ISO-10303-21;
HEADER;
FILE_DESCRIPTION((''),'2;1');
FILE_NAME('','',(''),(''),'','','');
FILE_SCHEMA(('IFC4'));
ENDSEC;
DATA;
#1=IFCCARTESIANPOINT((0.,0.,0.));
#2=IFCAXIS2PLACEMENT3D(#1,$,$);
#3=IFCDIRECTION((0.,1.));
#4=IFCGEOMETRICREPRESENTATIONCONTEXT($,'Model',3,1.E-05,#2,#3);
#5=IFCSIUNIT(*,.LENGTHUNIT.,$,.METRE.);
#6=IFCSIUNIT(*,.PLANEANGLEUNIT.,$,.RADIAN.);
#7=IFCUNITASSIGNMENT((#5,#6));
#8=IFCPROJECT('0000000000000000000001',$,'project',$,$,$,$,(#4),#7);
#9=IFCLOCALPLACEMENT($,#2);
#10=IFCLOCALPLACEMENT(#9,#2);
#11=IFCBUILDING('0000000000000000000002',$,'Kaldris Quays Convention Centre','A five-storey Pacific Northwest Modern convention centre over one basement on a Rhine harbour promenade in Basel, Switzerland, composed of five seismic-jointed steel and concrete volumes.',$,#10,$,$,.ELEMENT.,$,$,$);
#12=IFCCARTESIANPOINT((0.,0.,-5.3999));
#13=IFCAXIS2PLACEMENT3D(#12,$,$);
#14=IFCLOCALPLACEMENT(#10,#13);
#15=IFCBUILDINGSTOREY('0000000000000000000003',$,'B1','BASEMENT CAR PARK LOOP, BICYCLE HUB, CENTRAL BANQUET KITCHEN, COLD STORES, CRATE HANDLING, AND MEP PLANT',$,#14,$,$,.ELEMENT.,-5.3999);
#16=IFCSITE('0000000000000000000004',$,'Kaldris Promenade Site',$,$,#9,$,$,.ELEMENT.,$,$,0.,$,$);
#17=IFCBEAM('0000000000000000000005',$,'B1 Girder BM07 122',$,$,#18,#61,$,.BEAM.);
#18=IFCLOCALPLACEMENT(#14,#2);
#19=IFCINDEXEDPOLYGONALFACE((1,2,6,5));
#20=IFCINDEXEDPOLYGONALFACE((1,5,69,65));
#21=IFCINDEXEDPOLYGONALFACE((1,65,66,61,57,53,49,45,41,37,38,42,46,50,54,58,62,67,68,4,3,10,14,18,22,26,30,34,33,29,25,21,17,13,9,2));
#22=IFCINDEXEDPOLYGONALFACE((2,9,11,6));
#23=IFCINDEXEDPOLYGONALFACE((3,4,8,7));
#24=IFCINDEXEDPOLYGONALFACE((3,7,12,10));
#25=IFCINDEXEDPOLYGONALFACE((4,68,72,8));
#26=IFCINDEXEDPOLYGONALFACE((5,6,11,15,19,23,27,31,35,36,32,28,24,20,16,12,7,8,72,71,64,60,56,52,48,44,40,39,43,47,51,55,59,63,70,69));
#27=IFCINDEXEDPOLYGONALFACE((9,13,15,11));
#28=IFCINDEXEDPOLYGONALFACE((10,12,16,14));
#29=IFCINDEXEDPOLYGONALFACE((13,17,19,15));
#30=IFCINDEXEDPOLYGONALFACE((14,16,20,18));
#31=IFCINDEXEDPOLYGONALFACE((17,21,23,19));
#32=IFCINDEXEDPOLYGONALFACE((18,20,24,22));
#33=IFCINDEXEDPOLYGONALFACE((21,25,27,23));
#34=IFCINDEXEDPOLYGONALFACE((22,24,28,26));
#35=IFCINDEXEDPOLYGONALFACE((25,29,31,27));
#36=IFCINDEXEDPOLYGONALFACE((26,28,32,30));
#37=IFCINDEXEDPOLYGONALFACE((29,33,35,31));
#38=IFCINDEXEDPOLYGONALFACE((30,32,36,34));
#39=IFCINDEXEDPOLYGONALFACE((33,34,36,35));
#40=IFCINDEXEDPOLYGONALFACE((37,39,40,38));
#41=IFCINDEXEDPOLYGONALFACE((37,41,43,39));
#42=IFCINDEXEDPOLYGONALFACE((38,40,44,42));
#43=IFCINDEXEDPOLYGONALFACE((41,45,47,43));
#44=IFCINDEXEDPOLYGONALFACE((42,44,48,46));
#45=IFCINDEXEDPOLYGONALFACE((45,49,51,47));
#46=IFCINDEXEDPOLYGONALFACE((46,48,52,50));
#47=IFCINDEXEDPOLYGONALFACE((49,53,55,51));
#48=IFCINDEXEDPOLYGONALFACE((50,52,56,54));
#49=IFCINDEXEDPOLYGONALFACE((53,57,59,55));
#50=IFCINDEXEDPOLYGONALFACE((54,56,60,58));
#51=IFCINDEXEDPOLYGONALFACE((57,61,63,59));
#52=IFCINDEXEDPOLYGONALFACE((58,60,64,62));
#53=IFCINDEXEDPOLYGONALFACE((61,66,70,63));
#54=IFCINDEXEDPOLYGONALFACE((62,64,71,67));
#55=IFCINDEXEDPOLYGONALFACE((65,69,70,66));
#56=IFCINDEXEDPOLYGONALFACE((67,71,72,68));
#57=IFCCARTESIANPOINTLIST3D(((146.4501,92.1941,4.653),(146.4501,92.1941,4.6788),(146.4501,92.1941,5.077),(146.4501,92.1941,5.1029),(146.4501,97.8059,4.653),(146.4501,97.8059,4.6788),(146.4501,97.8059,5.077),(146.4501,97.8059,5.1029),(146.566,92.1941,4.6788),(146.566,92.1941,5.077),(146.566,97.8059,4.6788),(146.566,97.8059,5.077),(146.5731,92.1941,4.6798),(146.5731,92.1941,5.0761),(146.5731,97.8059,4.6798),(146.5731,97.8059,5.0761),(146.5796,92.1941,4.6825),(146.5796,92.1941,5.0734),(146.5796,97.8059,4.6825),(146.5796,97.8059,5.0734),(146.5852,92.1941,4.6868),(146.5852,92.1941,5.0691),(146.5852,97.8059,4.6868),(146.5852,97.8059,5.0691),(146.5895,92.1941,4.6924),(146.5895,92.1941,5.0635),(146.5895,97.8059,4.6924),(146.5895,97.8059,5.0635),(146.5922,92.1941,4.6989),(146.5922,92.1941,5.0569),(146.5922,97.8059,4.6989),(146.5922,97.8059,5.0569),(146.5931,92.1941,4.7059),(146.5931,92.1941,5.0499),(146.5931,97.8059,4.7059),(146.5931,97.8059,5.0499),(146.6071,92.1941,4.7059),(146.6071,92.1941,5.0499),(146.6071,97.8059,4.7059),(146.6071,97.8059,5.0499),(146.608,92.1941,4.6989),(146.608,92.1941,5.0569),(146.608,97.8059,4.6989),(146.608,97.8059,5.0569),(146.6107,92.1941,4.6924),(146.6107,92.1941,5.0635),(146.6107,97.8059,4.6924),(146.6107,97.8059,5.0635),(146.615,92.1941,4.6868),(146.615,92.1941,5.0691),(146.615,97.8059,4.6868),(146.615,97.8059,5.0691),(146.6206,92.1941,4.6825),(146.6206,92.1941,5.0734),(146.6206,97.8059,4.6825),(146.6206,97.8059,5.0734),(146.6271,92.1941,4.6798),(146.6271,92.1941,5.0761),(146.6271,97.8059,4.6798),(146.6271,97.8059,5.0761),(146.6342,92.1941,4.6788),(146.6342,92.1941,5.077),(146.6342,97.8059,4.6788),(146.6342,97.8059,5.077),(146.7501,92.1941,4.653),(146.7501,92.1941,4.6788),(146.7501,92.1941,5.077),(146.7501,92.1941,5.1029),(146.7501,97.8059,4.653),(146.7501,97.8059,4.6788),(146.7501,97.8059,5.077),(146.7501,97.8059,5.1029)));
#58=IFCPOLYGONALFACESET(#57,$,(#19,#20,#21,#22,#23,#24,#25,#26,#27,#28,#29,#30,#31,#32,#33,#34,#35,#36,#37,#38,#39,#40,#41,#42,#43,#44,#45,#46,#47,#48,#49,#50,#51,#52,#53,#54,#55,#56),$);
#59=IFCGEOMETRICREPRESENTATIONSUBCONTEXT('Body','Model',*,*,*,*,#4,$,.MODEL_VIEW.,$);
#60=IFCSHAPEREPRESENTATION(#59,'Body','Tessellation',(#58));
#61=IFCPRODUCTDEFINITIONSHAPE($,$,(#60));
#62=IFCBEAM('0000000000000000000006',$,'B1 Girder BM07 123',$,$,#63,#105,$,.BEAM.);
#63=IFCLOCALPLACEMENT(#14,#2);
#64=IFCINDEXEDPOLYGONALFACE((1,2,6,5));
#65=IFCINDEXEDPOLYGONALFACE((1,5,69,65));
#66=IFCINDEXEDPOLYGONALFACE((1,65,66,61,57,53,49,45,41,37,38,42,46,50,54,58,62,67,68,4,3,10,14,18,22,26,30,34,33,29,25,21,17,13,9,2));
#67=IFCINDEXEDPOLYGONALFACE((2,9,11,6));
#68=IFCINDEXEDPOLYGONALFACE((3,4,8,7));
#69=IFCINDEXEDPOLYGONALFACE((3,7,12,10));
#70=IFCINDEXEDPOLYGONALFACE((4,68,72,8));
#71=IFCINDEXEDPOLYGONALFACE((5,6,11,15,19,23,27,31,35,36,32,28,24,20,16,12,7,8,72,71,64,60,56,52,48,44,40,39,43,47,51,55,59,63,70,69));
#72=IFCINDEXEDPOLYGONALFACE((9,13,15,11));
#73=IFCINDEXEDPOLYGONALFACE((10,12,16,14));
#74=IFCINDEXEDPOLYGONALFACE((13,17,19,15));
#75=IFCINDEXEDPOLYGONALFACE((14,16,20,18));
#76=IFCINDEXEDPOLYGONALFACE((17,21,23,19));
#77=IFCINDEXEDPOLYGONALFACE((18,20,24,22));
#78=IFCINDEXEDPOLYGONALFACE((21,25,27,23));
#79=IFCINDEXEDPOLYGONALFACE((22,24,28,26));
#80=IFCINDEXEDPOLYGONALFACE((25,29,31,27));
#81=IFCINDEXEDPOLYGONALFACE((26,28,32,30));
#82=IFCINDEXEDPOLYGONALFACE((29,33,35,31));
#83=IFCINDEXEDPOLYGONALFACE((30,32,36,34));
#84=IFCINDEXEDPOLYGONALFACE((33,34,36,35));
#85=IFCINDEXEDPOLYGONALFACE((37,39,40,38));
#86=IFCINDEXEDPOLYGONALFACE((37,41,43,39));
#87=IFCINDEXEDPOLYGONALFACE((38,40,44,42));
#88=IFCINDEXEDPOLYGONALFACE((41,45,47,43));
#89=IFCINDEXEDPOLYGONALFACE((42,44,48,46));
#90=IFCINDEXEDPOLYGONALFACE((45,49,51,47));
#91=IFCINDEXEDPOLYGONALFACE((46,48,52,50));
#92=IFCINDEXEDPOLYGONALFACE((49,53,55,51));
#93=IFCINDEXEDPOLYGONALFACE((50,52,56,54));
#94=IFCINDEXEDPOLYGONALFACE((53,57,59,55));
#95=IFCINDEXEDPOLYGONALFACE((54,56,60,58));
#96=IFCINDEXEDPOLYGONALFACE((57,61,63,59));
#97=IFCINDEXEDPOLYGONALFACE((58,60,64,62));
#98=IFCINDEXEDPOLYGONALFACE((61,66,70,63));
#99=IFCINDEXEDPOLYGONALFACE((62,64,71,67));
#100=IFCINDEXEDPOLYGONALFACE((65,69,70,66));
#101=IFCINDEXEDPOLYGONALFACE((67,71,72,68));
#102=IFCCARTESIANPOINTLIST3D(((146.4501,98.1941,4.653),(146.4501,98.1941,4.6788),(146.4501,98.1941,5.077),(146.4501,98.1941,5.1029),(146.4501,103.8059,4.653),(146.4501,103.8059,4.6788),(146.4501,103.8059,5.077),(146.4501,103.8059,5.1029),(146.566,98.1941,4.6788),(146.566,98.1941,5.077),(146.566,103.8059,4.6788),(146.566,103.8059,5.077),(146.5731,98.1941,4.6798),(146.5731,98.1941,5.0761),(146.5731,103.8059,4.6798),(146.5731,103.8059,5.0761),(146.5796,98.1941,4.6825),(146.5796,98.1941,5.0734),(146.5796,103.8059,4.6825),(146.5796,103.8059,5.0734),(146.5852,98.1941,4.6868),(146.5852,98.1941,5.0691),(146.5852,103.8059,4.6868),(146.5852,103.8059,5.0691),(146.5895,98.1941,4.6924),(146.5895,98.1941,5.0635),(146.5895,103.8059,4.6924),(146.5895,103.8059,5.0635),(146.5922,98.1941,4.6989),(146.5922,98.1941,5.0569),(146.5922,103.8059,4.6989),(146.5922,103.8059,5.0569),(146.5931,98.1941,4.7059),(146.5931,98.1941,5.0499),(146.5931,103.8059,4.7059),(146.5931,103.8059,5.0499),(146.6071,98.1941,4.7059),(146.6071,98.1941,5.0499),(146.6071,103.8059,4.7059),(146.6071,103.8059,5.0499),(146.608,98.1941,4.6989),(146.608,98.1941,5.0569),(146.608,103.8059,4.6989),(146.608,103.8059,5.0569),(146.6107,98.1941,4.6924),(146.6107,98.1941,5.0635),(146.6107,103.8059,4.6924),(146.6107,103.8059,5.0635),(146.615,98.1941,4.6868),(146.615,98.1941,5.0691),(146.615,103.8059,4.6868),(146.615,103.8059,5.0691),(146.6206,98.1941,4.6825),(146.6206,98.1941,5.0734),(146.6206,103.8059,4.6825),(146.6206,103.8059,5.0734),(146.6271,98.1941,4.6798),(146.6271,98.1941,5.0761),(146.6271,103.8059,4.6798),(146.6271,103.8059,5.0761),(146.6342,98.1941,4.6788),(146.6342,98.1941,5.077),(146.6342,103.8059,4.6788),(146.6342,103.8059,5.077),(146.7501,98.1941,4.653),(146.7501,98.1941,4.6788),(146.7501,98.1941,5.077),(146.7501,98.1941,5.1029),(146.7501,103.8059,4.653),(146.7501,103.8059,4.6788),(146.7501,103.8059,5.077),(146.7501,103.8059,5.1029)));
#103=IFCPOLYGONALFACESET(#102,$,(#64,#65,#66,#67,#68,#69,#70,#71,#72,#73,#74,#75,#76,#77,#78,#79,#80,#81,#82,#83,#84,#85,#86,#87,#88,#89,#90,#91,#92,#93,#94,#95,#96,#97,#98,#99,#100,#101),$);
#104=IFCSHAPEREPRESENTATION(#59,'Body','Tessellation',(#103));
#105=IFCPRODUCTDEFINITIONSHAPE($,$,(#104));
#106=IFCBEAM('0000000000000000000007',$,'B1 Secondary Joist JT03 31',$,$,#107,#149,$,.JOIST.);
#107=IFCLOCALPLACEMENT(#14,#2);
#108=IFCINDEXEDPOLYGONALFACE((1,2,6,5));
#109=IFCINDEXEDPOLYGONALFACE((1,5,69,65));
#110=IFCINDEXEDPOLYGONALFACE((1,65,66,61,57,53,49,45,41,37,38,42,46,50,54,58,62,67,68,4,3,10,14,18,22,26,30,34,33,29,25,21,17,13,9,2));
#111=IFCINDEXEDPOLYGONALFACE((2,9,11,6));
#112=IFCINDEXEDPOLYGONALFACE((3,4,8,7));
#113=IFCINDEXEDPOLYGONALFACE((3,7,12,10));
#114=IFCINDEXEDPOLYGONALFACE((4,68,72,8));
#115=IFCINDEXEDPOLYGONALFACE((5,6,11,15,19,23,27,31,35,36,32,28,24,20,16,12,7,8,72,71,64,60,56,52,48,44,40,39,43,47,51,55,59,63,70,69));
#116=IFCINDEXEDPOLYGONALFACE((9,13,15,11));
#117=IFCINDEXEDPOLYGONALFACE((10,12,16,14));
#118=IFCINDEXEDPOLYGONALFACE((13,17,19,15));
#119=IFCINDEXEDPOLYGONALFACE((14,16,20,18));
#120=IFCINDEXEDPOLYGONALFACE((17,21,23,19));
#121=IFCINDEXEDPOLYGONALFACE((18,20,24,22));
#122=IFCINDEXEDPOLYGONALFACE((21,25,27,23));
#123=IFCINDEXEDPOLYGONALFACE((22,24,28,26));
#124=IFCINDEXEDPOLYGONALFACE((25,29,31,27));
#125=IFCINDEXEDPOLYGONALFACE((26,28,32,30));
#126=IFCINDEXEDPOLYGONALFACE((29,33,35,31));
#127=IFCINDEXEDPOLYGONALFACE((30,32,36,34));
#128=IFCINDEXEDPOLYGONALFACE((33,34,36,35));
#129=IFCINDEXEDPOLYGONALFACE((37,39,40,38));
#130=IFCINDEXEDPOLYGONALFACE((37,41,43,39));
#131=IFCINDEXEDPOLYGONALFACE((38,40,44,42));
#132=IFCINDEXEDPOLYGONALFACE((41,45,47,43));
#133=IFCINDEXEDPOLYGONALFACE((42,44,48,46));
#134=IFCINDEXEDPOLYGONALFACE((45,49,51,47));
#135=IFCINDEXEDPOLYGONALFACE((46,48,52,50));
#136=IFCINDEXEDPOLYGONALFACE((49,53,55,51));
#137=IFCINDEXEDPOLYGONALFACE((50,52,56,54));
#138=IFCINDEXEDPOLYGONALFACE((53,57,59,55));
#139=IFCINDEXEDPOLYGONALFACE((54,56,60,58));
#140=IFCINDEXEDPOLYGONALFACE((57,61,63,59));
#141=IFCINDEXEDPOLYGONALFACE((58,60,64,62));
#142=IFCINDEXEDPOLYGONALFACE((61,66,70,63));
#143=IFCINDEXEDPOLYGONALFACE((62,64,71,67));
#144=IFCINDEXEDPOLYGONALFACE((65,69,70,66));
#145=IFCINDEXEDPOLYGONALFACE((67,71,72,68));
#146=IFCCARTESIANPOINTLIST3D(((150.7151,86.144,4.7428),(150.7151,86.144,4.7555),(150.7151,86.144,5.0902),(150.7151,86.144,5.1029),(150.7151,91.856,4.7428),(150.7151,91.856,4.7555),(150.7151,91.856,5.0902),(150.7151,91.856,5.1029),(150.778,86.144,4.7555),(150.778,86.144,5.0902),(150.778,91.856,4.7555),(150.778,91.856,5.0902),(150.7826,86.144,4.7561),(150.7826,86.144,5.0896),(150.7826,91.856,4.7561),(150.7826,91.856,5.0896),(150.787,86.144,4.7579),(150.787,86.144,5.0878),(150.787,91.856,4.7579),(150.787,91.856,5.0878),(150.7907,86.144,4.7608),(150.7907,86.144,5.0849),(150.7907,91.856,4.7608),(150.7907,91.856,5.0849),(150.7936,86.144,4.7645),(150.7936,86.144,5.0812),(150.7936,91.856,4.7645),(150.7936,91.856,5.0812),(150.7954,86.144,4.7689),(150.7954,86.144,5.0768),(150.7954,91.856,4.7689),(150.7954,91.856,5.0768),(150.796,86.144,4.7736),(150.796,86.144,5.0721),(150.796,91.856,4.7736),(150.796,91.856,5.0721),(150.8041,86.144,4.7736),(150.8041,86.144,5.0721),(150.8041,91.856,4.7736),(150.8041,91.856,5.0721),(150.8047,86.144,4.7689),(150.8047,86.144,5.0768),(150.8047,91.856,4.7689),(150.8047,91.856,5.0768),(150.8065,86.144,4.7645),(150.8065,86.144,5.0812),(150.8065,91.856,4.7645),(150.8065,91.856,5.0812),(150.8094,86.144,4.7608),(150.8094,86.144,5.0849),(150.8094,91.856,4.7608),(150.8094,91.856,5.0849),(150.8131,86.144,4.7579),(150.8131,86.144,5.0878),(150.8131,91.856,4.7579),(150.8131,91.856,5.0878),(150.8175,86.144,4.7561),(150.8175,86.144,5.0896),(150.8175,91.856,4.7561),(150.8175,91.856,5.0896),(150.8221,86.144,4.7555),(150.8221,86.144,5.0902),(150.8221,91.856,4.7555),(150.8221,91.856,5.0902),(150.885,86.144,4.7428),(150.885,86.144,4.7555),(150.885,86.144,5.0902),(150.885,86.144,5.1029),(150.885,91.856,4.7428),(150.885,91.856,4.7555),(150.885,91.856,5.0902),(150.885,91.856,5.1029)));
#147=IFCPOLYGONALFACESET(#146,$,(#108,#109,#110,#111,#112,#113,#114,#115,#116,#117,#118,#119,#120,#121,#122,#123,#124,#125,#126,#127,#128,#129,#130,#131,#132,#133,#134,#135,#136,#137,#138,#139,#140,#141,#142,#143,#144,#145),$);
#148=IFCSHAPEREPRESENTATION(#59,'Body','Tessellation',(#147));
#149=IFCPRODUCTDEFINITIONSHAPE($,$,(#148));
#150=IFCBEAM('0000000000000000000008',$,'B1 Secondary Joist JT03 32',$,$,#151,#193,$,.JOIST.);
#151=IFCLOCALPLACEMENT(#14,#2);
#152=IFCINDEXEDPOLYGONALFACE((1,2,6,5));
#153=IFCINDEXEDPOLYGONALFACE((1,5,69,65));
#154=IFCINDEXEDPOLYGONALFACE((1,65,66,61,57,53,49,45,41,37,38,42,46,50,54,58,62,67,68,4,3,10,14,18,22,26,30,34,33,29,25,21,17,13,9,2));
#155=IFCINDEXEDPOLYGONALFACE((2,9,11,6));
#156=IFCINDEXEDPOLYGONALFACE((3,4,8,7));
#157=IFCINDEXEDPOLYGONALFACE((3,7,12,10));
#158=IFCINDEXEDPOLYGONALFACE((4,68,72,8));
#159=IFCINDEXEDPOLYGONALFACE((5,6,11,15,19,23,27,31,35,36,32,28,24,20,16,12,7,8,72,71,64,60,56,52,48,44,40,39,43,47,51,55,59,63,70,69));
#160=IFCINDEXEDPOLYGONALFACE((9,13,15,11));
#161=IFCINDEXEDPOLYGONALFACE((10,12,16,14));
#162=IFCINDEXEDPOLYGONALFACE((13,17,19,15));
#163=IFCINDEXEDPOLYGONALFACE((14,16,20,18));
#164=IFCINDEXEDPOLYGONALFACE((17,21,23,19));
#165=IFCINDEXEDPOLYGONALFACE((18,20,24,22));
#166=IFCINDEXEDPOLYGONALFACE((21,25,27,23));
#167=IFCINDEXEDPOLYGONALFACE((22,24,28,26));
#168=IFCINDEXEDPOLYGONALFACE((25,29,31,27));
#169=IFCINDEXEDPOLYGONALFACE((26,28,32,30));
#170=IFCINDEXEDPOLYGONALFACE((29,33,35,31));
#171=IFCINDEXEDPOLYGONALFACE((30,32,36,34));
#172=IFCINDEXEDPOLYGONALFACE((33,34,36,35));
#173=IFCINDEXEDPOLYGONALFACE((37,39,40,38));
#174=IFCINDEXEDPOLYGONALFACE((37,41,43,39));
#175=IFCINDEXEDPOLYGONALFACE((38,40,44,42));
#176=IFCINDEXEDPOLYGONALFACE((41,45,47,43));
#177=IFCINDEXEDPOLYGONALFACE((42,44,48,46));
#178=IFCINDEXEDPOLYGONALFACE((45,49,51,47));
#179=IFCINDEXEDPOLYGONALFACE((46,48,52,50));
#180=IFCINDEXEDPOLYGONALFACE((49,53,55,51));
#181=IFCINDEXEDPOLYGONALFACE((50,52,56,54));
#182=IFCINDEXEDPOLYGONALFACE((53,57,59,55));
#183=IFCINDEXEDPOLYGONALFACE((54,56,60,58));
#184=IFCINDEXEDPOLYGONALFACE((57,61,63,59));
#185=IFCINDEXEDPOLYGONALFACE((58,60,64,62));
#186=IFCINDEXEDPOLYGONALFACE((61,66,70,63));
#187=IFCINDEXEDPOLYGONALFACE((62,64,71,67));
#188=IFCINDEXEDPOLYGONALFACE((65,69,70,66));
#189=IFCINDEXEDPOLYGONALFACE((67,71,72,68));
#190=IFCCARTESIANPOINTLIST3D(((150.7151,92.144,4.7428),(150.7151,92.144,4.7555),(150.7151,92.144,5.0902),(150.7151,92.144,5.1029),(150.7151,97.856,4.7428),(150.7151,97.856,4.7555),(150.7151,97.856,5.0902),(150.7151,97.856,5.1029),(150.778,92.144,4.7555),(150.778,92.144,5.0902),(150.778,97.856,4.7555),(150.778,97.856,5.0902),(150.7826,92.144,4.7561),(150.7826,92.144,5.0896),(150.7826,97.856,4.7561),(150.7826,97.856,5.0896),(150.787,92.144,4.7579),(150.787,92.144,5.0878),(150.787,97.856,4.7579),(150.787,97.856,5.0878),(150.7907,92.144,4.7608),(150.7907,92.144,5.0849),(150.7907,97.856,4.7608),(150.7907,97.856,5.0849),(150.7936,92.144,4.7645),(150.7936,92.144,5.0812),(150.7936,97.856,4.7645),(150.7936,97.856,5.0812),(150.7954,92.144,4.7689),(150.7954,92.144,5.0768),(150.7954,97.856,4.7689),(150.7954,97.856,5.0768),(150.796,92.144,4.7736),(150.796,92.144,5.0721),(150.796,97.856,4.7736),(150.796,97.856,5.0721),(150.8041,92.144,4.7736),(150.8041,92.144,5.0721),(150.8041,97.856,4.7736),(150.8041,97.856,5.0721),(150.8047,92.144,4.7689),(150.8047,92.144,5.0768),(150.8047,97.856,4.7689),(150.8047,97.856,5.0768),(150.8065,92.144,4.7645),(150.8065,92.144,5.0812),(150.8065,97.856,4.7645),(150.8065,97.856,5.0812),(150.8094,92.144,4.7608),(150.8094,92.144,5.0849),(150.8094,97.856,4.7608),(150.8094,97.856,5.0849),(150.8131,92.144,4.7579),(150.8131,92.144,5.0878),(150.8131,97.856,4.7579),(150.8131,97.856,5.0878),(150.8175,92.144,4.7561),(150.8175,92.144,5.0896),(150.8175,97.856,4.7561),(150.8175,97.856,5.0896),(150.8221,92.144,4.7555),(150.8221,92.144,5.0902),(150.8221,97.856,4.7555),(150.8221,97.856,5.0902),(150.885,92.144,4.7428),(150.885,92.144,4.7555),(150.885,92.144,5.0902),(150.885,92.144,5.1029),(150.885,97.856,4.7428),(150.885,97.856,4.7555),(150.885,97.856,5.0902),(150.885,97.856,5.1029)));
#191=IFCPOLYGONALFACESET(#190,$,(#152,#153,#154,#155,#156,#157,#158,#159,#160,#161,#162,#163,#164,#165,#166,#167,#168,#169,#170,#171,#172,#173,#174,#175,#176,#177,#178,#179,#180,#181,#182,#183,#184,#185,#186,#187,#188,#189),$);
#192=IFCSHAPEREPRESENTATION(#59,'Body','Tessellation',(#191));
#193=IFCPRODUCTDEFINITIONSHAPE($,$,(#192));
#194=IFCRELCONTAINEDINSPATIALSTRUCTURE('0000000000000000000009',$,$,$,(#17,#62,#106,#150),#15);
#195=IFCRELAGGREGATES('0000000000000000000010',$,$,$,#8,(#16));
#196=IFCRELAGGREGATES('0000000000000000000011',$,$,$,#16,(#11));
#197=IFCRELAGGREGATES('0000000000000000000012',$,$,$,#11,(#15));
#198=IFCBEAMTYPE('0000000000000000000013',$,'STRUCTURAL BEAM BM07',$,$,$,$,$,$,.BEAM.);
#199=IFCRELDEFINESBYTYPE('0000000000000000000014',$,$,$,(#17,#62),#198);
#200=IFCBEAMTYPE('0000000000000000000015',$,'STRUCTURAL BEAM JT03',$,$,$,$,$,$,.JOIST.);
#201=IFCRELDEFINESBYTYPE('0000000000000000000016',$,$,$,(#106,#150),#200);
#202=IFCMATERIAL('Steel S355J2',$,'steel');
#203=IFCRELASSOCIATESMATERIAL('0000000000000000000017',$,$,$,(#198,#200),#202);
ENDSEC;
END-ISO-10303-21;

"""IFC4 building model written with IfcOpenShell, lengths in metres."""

from ifc_helpers import new_model, si_unit, direction, frame, origin, origin_2d, place, context, subcontext, project, spatial, i_section, extrude, material, material_profile, profile_set, type_object, element, save


model = new_model("IFC4")

# Units and contexts
model_context = context("Model", 3, precision=1e-05, world=origin(), true_north=direction((0.0, 1.0)))
body_context = subcontext(model_context, "Body", "Model", "MODEL_VIEW")
ifc_project = project(units=[si_unit("LENGTHUNIT", "METRE"), si_unit("PLANEANGLEUNIT", "RADIAN")], contexts=[model_context])

# Site, building, storey
site_placement = place(None, origin())
site = spatial("IfcSite", under=ifc_project, at=site_placement, Name="Kaldris Promenade Site", CompositionType="ELEMENT", RefElevation=0.0)
building_placement = place(site_placement, origin())
building = spatial("IfcBuilding", under=site, at=building_placement, Name="Kaldris Quays Convention Centre", Description="A five-storey Pacific Northwest Modern convention centre over one basement on a Rhine harbour promenade in Basel, Switzerland, composed of five seismic-jointed steel and concrete volumes.", CompositionType="ELEMENT")
storey_placement = place(building_placement, frame((0.0, 0.0, -5.3999)))
storey = spatial("IfcBuildingStorey", under=building, at=storey_placement, Name="B1", Description="BASEMENT CAR PARK LOOP, BICYCLE HUB, CENTRAL BANQUET KITCHEN, COLD STORES, CRATE HANDLING, AND MEP PLANT", CompositionType="ELEMENT", Elevation=-5.3999)

# Shared definitions
ifc_material_1 = material(Name="Steel S355J2", Category="steel")

# Beams
ifc_material_profile_1 = material_profile(ifc_material_1, i_section(OverallWidth=0.3, OverallDepth=0.45, WebThickness=0.0139, FlangeThickness=0.0259, FilletRadius=0.0271, at=origin_2d()), Name="HEB 450")
ifc_profile_set_1 = profile_set([ifc_material_profile_1], Name="Steel S355J2")
beam_type_1 = type_object("IfcBeamType", Name="STRUCTURAL BEAM BM07", PredefinedType="BEAM", material=ifc_profile_set_1)
for number, where, z_axis, x_axis, name in (
    (1, (146.6001, 92.1941, 4.8779), (0.0, 1.0, 0.0), (-1.0, 0.0, 0.0), "B1 Girder BM07 122"),
    (2, (146.6001, 98.1941, 4.8779), (0.0, 1.0, 0.0), (-1.0, 0.0, 0.0), "B1 Girder BM07 123"),
):
    element("IfcBeam", number, at=place(storey_placement, frame(where, z_axis=z_axis, x_axis=x_axis)), inside=storey, type_object=beam_type_1, Name=name, PredefinedType="BEAM", context=body_context, shape_type="SweptSolid", body=[
        extrude(i_section(OverallWidth=0.3, OverallDepth=0.45, WebThickness=0.0139, FlangeThickness=0.0259, FilletRadius=0.0271, at=origin_2d()), origin(), (0.0, 0.0, 1.0), 5.6118),
    ])
ifc_material_profile_2 = material_profile(ifc_material_1, i_section(OverallWidth=0.1699, OverallDepth=0.3601, WebThickness=0.0081, FlangeThickness=0.0127, FilletRadius=0.0181, at=origin_2d()), Name="IPE 360")
ifc_profile_set_2 = profile_set([ifc_material_profile_2], Name="Steel S355J2")
beam_type_2 = type_object("IfcBeamType", Name="STRUCTURAL BEAM JT03", PredefinedType="JOIST", material=ifc_profile_set_2)
for number, where, z_axis, x_axis, name in (
    (3, (150.8, 86.144, 4.9229), (0.0, 1.0, 0.0), (-1.0, 0.0, 0.0), "B1 Secondary Joist JT03 31"),
    (4, (150.8, 92.144, 4.9229), (0.0, 1.0, 0.0), (-1.0, 0.0, 0.0), "B1 Secondary Joist JT03 32"),
):
    element("IfcBeam", number, at=place(storey_placement, frame(where, z_axis=z_axis, x_axis=x_axis)), inside=storey, type_object=beam_type_2, Name=name, PredefinedType="JOIST", context=body_context, shape_type="SweptSolid", body=[
        extrude(i_section(OverallWidth=0.1699, OverallDepth=0.3601, WebThickness=0.0081, FlangeThickness=0.0127, FilletRadius=0.0181, at=origin_2d()), origin(), (0.0, 0.0, 1.0), 5.7119),
    ])

save(model, "model.ifc")
